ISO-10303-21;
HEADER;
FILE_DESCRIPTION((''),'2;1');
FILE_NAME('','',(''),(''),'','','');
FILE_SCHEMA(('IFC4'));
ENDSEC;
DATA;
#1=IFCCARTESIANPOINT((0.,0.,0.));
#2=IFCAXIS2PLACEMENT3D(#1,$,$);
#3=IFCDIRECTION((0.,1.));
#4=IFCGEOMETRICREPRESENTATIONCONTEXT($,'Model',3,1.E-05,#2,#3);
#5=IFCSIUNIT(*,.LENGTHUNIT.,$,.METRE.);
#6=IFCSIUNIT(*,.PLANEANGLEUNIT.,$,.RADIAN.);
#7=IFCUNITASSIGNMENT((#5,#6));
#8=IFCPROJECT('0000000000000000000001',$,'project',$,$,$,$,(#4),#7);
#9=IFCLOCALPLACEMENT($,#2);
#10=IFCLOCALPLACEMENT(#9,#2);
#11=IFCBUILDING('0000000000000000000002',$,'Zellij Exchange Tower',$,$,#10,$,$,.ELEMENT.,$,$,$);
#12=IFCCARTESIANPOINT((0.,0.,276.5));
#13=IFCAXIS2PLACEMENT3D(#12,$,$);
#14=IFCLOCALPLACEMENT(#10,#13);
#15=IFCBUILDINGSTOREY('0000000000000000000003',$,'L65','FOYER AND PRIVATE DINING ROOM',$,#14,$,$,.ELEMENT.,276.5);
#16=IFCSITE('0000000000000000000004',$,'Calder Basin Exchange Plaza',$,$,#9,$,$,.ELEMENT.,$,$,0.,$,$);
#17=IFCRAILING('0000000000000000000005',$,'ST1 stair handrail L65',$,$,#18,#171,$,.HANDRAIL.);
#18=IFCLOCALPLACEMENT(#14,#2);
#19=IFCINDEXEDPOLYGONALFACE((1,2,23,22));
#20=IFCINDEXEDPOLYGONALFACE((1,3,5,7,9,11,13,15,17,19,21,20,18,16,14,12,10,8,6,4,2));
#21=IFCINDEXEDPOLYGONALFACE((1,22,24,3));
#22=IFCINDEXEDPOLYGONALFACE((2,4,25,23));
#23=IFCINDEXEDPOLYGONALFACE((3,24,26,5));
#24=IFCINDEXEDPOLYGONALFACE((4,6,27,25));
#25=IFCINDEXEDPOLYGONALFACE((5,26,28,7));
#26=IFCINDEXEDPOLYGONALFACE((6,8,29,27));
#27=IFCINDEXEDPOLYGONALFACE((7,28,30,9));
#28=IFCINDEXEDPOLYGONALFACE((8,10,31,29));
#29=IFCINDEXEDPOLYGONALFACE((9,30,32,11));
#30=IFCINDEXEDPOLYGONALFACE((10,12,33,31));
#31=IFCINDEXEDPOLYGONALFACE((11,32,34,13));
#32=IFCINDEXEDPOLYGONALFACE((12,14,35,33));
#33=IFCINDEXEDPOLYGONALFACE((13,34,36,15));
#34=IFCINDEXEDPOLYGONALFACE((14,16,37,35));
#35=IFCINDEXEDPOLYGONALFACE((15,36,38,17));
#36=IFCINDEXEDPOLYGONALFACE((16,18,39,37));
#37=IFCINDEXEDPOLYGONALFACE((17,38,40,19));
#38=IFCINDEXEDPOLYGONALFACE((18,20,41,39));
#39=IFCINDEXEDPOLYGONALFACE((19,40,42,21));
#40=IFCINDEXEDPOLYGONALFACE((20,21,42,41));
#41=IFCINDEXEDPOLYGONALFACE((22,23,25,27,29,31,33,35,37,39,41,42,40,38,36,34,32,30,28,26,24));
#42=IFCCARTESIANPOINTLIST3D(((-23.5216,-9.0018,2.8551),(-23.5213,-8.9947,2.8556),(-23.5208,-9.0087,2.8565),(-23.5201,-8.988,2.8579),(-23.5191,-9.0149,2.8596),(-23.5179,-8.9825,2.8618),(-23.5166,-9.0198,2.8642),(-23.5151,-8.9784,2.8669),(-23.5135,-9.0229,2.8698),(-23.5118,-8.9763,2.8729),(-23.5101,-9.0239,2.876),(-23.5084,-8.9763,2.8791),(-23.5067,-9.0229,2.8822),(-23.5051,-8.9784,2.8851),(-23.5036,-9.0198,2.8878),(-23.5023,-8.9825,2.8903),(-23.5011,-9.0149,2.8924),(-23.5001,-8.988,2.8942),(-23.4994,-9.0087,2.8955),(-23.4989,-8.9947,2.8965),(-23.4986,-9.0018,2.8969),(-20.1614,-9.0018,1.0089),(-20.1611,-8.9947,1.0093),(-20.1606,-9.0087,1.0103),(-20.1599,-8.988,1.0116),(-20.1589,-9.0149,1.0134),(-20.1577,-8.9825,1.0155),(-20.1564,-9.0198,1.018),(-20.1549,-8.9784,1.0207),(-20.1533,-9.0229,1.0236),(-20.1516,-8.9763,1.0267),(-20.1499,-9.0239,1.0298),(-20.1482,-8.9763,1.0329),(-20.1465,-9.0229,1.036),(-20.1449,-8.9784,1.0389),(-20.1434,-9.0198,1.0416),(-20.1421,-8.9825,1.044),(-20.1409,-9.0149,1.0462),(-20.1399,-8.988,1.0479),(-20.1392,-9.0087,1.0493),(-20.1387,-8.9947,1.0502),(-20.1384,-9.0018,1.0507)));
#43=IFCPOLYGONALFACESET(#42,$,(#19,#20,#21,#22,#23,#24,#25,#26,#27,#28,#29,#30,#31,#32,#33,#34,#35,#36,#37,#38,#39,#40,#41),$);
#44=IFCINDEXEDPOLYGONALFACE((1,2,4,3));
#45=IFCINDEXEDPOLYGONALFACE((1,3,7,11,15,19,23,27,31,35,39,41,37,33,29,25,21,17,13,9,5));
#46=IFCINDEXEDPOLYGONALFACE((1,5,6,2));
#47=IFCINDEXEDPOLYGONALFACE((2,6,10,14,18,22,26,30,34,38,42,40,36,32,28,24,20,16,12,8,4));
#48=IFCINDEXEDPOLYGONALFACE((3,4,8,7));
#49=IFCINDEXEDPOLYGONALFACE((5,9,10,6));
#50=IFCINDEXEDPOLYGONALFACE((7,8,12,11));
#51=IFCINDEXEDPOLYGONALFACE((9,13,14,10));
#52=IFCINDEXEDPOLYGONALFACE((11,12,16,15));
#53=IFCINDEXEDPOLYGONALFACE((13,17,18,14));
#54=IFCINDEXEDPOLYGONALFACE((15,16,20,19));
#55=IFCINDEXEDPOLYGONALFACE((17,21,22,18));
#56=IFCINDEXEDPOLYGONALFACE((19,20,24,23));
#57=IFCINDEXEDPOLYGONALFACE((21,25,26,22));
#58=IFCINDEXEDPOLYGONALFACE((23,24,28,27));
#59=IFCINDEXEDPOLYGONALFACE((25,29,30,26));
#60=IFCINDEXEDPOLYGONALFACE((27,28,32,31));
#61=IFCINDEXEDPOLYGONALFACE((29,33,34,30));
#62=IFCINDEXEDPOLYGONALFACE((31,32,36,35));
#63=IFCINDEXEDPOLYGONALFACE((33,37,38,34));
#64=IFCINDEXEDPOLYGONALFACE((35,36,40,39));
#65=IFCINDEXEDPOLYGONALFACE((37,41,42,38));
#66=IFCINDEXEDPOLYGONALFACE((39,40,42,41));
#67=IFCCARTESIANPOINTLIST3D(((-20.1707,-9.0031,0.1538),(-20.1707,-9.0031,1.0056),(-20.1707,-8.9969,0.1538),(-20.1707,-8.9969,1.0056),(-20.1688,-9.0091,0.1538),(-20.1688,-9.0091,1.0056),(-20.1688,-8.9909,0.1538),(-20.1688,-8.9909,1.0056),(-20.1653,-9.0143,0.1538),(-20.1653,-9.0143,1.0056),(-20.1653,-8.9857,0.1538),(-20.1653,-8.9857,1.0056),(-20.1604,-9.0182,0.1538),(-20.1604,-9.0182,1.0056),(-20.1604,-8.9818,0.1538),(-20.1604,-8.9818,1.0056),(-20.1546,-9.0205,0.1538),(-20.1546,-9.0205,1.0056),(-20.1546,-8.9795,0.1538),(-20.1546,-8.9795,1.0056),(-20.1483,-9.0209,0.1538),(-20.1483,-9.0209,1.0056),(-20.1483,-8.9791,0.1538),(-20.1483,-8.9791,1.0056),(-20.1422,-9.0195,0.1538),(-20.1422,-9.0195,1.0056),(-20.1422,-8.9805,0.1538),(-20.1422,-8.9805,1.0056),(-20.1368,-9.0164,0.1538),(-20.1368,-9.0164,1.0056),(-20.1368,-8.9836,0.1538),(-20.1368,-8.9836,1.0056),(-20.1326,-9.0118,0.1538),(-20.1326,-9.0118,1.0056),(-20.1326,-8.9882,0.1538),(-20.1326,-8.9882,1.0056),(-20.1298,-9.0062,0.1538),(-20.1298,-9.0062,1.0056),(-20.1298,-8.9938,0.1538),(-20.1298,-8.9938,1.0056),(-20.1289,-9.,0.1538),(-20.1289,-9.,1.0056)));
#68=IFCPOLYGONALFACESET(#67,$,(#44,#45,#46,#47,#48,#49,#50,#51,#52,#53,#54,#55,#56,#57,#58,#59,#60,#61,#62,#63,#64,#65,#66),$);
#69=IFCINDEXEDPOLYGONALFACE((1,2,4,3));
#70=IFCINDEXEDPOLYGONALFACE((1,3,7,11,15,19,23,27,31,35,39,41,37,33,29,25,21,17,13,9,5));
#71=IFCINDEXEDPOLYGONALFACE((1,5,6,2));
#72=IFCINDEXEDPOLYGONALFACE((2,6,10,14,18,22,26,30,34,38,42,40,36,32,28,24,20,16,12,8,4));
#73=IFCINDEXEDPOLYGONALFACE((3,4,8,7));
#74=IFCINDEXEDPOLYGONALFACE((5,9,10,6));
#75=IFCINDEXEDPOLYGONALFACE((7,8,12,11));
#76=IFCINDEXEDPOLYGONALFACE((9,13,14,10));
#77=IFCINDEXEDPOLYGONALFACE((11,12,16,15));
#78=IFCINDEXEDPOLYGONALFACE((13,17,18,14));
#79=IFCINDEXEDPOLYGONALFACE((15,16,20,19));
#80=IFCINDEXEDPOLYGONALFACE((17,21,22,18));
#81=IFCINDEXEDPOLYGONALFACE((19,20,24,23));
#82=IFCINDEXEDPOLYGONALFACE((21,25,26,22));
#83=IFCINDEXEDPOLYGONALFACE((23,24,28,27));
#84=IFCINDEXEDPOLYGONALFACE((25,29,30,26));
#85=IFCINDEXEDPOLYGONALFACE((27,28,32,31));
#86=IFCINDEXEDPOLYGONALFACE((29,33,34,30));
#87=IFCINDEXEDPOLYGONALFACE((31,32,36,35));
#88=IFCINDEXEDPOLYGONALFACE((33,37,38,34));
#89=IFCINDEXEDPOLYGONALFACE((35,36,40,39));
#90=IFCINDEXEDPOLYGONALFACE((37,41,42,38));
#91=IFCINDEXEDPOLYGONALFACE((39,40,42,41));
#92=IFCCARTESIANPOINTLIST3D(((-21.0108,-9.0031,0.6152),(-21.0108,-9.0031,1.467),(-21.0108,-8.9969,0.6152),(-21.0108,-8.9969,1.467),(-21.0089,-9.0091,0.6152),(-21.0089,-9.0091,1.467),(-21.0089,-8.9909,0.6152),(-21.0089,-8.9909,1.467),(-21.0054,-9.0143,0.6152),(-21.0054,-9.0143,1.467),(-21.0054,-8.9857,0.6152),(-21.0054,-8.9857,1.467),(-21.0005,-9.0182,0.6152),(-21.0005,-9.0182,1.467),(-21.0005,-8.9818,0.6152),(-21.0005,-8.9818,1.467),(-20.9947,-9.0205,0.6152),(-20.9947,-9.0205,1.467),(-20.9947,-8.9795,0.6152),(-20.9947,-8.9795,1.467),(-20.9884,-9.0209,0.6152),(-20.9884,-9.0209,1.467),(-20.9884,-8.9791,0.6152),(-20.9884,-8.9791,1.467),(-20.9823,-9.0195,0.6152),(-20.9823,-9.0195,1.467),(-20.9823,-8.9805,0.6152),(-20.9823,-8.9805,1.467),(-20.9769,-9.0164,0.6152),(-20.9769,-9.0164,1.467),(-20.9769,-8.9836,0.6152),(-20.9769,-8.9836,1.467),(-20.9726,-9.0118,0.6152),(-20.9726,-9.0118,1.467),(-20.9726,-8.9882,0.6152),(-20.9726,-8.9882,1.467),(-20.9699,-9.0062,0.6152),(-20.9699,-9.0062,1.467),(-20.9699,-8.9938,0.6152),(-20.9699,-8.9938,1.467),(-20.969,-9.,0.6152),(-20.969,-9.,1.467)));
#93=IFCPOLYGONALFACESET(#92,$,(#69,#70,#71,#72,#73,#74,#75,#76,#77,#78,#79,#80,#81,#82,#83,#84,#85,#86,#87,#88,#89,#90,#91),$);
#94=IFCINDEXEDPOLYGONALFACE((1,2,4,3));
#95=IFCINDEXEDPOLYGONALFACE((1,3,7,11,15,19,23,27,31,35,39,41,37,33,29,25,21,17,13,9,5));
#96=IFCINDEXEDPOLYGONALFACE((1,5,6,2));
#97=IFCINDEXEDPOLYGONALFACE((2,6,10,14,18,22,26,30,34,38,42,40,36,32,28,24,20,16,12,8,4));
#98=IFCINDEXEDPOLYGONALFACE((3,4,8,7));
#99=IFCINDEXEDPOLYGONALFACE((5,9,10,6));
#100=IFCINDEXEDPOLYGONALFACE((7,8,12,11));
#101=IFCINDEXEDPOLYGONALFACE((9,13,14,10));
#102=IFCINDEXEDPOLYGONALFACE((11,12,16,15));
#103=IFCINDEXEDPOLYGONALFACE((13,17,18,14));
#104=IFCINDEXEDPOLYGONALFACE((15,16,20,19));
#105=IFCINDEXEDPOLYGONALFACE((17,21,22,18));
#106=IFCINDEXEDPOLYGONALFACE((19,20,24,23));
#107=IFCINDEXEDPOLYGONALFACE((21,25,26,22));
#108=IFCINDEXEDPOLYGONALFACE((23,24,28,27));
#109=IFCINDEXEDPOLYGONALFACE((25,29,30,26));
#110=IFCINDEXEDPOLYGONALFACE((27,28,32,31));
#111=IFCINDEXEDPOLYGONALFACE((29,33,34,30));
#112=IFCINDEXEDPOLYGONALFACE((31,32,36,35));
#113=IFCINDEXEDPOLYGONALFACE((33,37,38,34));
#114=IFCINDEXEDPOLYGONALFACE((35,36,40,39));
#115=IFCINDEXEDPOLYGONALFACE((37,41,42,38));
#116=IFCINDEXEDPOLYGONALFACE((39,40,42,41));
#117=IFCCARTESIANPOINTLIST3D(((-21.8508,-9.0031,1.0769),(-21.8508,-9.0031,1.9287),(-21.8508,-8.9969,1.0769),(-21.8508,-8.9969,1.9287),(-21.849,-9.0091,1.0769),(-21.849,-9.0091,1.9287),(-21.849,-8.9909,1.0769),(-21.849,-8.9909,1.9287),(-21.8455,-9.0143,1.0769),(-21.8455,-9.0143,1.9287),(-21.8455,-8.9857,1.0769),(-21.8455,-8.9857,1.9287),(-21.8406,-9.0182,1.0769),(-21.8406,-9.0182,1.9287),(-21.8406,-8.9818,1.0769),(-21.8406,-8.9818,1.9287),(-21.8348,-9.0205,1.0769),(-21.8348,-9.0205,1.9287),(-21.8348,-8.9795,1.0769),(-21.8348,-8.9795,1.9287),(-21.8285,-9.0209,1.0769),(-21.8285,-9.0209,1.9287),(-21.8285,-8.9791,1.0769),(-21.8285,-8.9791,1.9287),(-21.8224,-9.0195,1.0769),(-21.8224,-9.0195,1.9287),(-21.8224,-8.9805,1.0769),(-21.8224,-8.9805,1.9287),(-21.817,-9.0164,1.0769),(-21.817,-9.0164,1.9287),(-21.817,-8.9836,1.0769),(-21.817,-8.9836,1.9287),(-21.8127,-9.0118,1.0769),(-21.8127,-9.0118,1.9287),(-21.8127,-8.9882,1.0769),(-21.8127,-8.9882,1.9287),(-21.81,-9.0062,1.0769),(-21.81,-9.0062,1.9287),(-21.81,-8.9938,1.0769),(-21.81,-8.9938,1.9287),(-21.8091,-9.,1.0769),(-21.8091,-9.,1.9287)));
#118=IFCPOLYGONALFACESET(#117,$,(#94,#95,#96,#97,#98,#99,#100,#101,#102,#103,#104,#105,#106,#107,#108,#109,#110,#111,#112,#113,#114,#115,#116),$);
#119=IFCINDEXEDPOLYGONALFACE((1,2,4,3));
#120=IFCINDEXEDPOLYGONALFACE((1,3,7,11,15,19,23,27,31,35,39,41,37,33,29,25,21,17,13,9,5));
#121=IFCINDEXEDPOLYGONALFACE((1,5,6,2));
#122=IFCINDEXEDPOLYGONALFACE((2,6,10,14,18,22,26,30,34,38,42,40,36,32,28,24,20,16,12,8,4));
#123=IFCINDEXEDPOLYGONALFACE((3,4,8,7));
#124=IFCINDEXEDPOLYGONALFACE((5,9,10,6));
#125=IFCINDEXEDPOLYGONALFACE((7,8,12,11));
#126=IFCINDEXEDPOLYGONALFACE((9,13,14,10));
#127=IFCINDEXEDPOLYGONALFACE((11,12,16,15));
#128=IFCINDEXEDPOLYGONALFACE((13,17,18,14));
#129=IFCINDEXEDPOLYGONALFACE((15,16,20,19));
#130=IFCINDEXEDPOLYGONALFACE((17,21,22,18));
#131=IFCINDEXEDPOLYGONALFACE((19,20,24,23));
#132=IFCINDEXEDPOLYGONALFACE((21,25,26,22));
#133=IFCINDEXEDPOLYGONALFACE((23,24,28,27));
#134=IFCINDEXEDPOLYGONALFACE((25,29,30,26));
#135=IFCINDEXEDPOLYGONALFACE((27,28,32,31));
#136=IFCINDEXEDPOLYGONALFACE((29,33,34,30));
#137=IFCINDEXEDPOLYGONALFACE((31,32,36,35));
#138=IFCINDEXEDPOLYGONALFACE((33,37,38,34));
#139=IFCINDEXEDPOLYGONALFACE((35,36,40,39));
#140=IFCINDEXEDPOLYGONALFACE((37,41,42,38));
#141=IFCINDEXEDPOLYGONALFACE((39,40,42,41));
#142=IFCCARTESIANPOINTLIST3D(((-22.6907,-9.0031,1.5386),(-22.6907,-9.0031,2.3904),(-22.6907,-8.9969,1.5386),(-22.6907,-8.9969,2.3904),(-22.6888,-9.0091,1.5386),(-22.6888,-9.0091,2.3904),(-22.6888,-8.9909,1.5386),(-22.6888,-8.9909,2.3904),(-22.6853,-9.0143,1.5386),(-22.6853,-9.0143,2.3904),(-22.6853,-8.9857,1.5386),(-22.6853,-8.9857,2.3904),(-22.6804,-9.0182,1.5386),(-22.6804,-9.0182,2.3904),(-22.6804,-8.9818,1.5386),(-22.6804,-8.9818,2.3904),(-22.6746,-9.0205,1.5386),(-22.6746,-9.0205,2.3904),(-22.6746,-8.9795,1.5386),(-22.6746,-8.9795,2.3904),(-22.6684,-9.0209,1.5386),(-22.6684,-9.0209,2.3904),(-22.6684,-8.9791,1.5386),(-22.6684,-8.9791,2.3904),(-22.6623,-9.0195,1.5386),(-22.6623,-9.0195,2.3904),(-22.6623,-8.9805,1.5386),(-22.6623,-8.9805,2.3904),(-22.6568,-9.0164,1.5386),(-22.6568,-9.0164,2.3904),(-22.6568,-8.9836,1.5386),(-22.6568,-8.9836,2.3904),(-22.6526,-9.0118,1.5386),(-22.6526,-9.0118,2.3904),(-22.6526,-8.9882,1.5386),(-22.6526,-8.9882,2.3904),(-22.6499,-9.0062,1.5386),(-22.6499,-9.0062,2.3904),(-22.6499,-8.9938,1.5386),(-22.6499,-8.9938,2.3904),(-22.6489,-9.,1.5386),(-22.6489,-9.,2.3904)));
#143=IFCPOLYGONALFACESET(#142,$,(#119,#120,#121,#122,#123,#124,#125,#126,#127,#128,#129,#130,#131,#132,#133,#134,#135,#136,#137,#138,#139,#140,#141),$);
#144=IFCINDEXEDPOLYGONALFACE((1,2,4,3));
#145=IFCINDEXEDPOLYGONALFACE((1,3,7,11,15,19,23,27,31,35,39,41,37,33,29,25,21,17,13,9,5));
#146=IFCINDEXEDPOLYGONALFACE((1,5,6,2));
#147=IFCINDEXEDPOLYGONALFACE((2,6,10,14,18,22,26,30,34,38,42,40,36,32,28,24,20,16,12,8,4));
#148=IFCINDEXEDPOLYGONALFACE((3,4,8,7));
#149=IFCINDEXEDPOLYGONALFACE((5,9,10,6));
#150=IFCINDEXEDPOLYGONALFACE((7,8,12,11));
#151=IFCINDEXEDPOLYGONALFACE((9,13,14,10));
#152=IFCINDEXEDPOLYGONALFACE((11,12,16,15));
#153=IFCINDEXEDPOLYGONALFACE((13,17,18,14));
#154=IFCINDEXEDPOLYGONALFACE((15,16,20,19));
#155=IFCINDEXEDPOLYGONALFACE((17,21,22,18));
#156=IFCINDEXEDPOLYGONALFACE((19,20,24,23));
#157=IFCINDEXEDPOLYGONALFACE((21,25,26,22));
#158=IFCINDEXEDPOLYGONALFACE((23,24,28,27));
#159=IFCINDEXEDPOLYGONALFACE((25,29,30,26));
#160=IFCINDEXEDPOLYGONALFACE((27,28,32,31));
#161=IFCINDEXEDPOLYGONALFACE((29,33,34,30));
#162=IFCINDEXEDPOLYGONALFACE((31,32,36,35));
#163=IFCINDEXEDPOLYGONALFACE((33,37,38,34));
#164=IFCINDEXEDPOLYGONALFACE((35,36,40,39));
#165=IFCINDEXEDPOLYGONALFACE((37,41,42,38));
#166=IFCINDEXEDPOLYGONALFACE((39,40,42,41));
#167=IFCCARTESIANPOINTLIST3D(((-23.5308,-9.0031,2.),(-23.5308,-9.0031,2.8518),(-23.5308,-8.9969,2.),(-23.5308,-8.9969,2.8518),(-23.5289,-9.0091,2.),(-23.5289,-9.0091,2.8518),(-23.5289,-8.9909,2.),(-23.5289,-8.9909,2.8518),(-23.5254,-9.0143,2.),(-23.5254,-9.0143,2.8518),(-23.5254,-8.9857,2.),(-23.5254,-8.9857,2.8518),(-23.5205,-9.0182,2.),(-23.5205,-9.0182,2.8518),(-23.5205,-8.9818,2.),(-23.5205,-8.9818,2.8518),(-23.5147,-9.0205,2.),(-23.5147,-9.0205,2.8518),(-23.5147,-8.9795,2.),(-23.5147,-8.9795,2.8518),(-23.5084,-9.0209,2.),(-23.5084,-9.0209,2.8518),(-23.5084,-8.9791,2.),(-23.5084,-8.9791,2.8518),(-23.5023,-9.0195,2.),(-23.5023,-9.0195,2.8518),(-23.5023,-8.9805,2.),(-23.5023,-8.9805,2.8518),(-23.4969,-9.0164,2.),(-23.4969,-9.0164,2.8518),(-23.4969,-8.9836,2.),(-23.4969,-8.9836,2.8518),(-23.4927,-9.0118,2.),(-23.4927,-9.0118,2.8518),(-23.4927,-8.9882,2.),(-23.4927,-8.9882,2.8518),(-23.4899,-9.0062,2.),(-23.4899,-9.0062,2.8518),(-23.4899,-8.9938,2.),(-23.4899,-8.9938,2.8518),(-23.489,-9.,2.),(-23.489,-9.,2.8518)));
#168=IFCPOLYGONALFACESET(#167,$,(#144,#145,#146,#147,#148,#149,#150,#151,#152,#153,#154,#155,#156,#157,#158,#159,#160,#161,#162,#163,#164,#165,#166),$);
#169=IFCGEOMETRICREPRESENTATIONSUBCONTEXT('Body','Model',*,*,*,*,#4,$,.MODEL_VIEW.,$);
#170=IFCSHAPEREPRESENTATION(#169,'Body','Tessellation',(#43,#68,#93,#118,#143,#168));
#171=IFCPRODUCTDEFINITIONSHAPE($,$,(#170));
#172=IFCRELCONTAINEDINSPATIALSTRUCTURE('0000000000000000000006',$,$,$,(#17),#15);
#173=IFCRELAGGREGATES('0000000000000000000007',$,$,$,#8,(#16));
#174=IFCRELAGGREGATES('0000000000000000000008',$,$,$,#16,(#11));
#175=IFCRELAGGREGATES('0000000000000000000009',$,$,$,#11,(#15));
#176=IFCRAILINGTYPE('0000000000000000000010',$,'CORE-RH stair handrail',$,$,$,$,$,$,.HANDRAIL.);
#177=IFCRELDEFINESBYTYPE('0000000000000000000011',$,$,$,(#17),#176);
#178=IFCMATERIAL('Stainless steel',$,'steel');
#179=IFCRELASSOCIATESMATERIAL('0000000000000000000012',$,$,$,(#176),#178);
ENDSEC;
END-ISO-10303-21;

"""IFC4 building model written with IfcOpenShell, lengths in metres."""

from ifc_helpers import new_model, si_unit, direction, frame, origin, origin_2d, place, context, subcontext, project, spatial, circle, extrude, material, type_object, element, save


model = new_model("IFC4")

# Units and contexts
model_context = context("Model", 3, precision=1e-05, world=origin(), true_north=direction((0.0, 1.0)))
body_context = subcontext(model_context, "Body", "Model", "MODEL_VIEW")
ifc_project = project(units=[si_unit("LENGTHUNIT", "METRE"), si_unit("PLANEANGLEUNIT", "RADIAN")], contexts=[model_context])

# Site, building, storey
site_placement = place(None, origin())
site = spatial("IfcSite", under=ifc_project, at=site_placement, Name="Calder Basin Exchange Plaza", CompositionType="ELEMENT", RefElevation=0.0)
building_placement = place(site_placement, origin())
building = spatial("IfcBuilding", under=site, at=building_placement, Name="Zellij Exchange Tower", CompositionType="ELEMENT")
storey_placement = place(building_placement, frame((0.0, 0.0, 276.5)))
storey = spatial("IfcBuildingStorey", under=building, at=storey_placement, Name="L65", Description="FOYER AND PRIVATE DINING ROOM", CompositionType="ELEMENT", Elevation=276.5)

# Railing
ifc_material_1 = material(Name="Stainless steel", Category="steel")
railing_type_1 = type_object("IfcRailingType", Name="CORE-RH stair handrail", PredefinedType="HANDRAIL", material=ifc_material_1)
railing_1_placement = place(storey_placement, frame((-20.1499, -9.0, 0.1538)))
element("IfcRailing", 1, at=railing_1_placement, inside=storey, type_object=railing_type_1, Name="ST1 stair handrail L65", PredefinedType="HANDRAIL", context=body_context, shape_type="SweptSolid", body=[
    extrude(circle(Radius=0.0239, at=origin_2d()), frame((0.0, 0.0, 0.876), z_axis=(-0.876422, 0.0, 0.481545), x_axis=(0.0, -1.0, 0.0)), (0.0, 0.0, 1.0), 3.834),
    extrude(circle(Radius=0.021, at=origin_2d()), origin(), (0.0, 0.0, 1.0), 0.8518),
    extrude(circle(Radius=0.021, at=origin_2d()), frame((-0.8401, 0.0, 0.4614)), (0.0, 0.0, 1.0), 0.8518),
    extrude(circle(Radius=0.021, at=origin_2d()), frame((-1.6802, 0.0, 0.9231)), (0.0, 0.0, 1.0), 0.8518),
    extrude(circle(Radius=0.021, at=origin_2d()), frame((-2.52, 0.0, 1.3848)), (0.0, 0.0, 1.0), 0.8518),
    extrude(circle(Radius=0.021, at=origin_2d()), frame((-3.3601, 0.0, 1.8462)), (0.0, 0.0, 1.0), 0.8518),
])

save(model, "model.ifc")
